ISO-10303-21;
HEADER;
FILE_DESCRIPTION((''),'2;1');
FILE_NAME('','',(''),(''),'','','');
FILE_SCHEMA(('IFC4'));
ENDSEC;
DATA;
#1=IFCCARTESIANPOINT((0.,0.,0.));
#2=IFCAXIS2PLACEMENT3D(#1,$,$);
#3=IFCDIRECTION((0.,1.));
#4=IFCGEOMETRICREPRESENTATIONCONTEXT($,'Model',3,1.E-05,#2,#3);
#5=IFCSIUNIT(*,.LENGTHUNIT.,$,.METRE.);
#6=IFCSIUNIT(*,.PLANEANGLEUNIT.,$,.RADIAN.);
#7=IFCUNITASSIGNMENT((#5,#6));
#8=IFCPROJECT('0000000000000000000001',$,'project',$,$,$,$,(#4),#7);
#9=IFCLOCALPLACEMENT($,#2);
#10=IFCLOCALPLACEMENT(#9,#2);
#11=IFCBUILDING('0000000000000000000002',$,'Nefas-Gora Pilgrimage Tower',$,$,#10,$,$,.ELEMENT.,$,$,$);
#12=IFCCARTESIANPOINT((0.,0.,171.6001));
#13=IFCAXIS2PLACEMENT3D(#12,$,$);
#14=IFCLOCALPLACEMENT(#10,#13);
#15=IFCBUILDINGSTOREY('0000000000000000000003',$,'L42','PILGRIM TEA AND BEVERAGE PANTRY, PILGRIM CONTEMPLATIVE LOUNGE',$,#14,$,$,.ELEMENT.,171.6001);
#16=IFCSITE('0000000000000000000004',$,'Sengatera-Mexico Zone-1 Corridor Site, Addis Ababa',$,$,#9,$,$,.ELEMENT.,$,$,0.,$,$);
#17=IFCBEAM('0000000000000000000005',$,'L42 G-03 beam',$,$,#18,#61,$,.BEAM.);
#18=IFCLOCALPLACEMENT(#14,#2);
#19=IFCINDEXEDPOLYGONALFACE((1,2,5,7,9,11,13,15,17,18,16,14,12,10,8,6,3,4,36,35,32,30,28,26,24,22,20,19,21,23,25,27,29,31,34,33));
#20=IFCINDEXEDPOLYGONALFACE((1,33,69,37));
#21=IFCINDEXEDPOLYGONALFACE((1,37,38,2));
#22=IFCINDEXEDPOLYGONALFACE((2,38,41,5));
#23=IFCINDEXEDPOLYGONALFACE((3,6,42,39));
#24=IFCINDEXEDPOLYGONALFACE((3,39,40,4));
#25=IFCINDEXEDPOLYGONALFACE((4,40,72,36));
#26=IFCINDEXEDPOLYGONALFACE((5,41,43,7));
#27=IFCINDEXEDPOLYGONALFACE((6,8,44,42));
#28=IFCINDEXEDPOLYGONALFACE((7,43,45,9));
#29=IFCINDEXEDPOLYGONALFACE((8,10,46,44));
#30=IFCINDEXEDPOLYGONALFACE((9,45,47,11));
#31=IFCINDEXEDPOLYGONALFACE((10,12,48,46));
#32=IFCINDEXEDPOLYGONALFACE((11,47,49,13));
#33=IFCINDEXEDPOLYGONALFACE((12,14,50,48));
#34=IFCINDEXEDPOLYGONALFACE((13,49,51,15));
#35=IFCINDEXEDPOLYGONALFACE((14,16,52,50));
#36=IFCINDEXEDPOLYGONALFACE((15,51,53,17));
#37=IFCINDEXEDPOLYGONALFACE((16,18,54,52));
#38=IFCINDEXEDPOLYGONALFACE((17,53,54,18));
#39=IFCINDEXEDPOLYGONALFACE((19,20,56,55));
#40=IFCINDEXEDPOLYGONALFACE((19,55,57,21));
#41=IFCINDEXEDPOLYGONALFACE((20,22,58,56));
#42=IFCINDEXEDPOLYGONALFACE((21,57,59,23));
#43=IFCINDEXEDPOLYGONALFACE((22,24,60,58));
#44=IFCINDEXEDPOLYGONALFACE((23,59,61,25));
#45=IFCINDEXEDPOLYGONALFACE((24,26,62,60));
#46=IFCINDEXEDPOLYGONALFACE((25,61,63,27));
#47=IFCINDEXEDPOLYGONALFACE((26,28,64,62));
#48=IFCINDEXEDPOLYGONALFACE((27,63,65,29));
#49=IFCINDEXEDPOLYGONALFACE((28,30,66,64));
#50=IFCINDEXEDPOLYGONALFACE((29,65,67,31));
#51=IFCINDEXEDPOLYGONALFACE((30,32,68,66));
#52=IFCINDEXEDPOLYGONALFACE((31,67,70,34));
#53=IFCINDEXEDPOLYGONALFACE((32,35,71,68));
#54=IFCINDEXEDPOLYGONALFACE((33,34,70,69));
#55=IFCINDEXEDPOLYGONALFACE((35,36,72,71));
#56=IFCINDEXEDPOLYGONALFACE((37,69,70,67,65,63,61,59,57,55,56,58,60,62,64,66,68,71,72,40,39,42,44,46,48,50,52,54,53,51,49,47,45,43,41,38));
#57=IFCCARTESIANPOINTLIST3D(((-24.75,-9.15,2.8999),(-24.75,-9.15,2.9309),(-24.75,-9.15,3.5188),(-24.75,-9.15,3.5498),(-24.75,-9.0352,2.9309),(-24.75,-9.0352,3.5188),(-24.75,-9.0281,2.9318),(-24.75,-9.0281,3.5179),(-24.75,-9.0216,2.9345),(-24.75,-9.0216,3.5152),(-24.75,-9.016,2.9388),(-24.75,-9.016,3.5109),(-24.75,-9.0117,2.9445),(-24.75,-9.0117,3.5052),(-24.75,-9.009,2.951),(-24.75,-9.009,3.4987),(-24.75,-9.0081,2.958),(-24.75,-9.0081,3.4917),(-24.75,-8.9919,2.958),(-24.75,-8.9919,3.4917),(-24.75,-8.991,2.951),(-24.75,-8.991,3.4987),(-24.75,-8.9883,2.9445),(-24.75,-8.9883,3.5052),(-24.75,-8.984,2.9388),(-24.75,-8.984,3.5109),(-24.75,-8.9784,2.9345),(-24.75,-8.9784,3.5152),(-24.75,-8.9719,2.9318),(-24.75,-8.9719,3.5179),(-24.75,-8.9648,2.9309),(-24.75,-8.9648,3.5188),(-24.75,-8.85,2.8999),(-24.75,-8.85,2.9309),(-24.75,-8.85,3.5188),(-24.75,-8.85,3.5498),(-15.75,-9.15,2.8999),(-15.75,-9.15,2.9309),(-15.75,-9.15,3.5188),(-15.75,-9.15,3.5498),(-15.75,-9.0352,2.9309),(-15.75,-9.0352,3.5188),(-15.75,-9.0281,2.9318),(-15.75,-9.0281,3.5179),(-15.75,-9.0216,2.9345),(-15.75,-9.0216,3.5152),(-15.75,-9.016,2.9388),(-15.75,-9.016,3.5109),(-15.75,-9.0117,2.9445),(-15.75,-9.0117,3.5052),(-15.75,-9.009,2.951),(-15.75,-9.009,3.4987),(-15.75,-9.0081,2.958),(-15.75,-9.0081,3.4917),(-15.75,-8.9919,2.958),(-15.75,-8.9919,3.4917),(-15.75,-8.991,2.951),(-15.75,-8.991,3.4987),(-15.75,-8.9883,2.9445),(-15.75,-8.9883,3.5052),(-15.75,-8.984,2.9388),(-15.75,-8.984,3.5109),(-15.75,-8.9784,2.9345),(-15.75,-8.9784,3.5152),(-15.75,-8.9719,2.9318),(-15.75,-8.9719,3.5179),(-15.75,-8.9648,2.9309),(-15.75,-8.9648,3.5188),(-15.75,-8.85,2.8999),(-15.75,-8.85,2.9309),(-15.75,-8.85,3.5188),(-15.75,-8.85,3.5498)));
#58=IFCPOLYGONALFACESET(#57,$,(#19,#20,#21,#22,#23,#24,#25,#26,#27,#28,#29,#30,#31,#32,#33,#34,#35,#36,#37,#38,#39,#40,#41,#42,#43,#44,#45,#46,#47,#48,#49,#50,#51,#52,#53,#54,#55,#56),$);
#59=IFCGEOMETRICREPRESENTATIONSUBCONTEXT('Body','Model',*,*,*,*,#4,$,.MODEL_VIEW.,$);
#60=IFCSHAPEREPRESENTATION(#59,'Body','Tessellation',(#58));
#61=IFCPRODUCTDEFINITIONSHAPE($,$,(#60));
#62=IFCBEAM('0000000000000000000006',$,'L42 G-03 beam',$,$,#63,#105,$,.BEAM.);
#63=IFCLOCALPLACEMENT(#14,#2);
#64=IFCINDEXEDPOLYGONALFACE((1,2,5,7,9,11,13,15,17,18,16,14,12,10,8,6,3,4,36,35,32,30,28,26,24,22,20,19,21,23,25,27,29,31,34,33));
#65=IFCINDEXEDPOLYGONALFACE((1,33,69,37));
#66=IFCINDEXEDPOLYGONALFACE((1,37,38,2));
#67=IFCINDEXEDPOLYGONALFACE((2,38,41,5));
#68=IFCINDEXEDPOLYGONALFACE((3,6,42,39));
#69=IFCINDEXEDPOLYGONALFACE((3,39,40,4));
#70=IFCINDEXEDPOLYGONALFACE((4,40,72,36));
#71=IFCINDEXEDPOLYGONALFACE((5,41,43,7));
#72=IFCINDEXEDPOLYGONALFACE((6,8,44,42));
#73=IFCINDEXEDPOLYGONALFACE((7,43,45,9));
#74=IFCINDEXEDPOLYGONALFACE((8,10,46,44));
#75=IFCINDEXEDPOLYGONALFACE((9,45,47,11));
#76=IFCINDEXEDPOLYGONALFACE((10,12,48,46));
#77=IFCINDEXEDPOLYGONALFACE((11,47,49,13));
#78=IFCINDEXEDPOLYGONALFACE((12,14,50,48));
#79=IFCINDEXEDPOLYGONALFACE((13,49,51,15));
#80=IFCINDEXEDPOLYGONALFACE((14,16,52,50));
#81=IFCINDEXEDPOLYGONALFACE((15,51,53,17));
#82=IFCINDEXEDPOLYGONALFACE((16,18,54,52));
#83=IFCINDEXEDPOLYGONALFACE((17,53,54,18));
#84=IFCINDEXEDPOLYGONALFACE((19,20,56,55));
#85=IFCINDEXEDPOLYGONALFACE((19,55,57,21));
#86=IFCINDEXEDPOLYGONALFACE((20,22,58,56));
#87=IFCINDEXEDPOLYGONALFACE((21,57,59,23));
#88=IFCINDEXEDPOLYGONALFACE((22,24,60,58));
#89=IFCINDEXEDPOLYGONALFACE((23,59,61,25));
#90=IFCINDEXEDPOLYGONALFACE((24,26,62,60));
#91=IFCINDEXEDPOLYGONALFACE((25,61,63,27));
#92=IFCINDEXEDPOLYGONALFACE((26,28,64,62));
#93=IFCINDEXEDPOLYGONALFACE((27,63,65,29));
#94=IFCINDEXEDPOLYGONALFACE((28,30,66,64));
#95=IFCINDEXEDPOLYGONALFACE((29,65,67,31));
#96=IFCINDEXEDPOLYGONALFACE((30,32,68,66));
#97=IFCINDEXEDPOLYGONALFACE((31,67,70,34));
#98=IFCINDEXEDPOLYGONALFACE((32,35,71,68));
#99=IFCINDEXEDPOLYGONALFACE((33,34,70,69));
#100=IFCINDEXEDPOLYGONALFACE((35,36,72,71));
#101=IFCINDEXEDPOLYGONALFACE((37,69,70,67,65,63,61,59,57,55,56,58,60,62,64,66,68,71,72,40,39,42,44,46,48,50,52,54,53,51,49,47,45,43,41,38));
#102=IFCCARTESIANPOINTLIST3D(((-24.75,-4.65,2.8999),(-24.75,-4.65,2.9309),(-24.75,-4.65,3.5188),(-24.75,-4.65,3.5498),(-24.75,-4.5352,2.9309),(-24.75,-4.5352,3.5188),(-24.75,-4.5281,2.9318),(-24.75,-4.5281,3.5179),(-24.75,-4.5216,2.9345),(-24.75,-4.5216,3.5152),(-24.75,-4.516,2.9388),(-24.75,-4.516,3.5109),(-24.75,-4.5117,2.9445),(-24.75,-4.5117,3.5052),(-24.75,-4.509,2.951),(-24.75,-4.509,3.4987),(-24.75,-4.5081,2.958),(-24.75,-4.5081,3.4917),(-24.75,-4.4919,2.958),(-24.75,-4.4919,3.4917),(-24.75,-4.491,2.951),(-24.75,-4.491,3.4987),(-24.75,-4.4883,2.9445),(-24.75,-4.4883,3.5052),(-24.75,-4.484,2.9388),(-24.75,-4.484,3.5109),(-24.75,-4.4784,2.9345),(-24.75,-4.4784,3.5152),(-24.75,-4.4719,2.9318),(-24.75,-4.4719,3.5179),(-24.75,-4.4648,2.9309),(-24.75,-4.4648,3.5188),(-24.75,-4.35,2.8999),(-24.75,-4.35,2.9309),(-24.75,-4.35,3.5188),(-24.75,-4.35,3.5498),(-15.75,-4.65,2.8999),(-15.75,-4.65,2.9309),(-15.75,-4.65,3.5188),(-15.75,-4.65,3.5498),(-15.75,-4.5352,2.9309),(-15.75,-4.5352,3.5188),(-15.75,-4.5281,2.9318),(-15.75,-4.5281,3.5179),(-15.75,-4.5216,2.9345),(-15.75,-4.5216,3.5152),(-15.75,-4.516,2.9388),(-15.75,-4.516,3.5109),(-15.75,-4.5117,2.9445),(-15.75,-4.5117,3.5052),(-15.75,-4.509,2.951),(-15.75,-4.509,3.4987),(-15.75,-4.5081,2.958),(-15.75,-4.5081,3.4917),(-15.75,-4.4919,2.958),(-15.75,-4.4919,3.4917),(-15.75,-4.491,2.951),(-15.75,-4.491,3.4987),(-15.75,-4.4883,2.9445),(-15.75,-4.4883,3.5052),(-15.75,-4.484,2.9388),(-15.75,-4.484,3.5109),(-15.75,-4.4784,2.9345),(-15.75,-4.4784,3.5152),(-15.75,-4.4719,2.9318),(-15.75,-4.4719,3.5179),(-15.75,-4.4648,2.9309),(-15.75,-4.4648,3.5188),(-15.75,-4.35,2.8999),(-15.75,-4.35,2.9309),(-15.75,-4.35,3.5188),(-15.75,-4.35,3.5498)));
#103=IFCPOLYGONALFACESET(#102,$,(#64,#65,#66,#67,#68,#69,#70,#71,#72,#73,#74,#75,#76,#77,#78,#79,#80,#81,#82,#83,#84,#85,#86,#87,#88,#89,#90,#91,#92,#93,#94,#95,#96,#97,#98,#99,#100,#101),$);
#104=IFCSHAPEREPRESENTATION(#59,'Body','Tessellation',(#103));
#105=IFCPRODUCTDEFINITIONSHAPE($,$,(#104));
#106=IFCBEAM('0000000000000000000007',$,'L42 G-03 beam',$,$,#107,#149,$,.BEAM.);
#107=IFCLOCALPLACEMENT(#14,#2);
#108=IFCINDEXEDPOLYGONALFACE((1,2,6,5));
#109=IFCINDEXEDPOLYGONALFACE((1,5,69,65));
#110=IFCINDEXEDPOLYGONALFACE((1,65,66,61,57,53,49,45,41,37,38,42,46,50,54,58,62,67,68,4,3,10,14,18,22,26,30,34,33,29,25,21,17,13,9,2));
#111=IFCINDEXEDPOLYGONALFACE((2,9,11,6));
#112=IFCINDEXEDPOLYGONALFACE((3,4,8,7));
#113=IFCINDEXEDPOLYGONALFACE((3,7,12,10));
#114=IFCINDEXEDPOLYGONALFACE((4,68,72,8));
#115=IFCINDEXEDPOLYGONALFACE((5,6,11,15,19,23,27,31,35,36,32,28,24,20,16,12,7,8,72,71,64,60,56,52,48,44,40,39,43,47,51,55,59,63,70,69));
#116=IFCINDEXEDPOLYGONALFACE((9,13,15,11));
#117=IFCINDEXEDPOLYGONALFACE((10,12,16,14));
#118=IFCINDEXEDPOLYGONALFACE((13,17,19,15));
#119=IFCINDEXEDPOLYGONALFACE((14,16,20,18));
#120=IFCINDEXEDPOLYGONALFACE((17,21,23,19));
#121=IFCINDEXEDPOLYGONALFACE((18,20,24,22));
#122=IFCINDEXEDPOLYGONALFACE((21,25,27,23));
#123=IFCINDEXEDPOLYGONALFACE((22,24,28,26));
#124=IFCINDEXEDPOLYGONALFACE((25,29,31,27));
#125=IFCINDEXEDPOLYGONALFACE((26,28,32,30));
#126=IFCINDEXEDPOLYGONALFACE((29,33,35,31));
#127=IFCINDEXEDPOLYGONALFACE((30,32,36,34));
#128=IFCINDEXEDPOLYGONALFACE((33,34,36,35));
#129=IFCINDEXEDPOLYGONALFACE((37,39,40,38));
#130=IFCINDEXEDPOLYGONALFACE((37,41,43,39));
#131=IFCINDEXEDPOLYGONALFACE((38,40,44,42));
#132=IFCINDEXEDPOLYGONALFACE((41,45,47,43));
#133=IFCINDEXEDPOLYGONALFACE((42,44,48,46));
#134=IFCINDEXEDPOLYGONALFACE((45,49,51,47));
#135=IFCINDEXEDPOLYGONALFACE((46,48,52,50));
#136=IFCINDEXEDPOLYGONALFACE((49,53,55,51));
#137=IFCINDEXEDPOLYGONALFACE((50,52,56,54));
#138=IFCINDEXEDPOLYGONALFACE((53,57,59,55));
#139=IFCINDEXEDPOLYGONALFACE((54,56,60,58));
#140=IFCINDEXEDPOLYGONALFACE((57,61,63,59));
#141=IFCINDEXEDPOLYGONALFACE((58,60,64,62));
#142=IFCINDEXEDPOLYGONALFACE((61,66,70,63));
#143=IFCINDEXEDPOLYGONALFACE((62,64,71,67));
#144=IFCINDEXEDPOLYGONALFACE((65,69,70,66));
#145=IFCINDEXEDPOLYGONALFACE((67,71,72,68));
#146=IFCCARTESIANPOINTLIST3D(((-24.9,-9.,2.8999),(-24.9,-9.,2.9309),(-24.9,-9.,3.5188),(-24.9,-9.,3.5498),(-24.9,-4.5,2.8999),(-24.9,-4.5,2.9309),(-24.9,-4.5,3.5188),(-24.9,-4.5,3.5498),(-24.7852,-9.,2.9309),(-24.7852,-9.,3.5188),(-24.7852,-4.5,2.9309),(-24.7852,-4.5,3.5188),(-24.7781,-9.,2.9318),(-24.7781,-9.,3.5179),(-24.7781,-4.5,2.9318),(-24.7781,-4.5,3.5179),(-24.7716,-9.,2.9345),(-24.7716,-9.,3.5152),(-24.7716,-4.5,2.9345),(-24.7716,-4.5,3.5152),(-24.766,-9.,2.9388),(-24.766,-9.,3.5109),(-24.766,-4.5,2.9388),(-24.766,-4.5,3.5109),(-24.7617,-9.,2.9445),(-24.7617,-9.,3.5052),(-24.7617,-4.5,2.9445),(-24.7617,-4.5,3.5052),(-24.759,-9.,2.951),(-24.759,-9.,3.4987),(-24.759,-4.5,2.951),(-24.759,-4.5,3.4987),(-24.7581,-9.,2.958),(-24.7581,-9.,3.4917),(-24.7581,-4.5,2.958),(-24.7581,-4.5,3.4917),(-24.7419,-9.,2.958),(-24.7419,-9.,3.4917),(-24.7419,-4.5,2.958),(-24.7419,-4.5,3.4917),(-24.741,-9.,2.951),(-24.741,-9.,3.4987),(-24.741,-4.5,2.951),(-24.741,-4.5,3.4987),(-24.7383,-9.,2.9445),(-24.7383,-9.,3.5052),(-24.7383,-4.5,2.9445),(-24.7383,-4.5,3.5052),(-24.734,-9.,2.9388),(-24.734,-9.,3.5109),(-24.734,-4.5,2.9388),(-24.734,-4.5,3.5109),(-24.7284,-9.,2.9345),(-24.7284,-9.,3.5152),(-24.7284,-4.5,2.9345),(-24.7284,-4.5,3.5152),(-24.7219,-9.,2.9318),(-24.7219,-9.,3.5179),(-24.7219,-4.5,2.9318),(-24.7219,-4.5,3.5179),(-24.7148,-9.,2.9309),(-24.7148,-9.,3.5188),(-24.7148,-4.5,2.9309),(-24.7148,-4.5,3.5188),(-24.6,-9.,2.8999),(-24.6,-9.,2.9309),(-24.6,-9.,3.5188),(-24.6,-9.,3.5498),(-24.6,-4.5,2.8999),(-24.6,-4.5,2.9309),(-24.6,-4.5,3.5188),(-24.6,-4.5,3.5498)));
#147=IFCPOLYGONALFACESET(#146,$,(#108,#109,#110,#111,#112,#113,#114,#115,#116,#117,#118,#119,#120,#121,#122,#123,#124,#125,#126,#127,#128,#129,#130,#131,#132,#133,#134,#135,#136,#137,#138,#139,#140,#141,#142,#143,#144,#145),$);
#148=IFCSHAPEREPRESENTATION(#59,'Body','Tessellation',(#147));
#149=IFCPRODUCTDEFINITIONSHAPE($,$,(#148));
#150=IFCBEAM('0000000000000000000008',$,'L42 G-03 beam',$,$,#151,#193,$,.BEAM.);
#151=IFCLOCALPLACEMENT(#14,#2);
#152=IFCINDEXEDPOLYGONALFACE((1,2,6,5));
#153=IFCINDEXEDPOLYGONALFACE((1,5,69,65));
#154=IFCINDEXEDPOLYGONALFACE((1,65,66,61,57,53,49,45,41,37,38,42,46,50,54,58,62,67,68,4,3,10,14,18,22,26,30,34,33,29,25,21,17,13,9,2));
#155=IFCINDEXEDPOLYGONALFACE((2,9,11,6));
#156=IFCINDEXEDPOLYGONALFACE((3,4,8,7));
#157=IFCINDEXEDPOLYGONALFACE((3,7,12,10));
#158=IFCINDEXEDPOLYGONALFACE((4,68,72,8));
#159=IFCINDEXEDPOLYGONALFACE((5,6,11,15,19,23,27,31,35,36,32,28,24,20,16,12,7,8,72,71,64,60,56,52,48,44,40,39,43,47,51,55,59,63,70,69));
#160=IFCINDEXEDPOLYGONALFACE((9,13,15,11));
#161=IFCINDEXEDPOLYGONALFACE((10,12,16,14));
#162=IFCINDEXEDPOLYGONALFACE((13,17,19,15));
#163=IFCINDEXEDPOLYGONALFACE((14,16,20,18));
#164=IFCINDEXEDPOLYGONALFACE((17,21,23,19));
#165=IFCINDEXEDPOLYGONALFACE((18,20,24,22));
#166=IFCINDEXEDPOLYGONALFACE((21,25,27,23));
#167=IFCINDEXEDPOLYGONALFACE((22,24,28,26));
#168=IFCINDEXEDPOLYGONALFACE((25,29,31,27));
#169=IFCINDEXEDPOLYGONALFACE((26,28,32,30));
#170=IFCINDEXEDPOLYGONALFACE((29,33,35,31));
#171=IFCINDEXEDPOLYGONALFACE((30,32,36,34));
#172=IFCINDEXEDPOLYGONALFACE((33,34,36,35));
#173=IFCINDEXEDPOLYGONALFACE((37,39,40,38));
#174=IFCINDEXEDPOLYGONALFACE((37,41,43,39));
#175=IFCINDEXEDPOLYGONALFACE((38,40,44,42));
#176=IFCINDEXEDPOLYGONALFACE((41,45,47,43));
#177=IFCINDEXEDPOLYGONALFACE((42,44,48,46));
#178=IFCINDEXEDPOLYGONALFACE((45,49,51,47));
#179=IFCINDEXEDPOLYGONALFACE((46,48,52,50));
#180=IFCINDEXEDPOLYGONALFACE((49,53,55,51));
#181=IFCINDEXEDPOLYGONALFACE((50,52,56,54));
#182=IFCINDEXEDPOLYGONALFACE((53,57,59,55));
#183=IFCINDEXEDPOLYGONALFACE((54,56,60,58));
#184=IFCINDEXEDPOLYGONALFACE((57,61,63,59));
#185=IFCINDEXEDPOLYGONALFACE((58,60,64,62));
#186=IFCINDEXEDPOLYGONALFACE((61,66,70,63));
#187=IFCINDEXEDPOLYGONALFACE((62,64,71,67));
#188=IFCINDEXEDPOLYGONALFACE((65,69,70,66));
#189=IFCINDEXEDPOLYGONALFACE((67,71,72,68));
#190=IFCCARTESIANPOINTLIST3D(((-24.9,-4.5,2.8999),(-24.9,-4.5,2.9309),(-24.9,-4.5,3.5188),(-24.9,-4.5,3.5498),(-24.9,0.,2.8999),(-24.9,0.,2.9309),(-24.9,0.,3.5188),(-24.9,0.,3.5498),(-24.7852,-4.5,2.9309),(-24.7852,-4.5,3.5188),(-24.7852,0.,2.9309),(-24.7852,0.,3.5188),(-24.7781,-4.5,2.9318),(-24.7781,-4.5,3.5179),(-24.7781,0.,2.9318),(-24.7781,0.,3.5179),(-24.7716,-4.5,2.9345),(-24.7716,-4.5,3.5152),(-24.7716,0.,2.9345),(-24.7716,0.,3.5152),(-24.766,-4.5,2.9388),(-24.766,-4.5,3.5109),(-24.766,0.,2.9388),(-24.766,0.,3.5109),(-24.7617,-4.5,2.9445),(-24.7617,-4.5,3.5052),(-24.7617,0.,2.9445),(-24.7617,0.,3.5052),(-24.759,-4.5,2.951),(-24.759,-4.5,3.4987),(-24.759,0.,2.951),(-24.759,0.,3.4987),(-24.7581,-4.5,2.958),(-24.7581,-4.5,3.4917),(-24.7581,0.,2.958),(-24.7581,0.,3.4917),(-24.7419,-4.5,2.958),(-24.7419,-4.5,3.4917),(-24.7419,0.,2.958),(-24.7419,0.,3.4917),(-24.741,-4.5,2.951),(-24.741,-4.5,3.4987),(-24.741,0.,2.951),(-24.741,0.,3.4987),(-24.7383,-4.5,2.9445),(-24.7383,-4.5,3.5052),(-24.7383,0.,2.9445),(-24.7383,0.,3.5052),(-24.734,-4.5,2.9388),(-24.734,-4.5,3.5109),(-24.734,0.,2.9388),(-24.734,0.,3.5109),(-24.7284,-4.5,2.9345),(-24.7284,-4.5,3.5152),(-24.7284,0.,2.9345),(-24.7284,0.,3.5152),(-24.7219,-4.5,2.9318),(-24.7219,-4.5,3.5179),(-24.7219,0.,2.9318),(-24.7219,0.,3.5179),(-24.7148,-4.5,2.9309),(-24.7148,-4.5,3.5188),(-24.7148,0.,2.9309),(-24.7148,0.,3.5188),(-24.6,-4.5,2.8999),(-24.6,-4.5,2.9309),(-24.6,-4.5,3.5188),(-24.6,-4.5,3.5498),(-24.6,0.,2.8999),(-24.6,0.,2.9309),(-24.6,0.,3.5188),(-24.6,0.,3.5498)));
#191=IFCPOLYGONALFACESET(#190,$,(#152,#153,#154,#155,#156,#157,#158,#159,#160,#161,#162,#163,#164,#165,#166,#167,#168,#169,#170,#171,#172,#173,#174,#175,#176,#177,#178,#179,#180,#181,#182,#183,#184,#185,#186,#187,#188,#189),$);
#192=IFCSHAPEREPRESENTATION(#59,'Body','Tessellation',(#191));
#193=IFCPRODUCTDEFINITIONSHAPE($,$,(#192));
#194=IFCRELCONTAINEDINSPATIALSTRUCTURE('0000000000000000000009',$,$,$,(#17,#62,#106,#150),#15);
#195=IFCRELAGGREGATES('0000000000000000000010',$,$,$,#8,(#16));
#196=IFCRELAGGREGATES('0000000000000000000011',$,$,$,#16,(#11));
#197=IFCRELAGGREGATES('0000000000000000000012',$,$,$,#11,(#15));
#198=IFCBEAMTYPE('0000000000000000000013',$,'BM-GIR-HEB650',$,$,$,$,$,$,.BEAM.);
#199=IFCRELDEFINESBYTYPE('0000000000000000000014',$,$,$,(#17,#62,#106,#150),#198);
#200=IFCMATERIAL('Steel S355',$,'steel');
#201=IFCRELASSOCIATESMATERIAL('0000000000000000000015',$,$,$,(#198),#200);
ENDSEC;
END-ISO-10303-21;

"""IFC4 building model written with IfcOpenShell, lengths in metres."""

from ifc_helpers import new_model, si_unit, direction, frame, origin, origin_2d, place, context, subcontext, project, spatial, i_section, extrude, source, transform, mapped, material, material_profile, profile_set, type_object, element, save


model = new_model("IFC4")

# Units and contexts
model_context = context("Model", 3, precision=1e-05, world=origin(), true_north=direction((0.0, 1.0)))
body_context = subcontext(model_context, "Body", "Model", "MODEL_VIEW")
ifc_project = project(units=[si_unit("LENGTHUNIT", "METRE"), si_unit("PLANEANGLEUNIT", "RADIAN")], contexts=[model_context])

# Site, building, storey
site_placement = place(None, origin())
site = spatial("IfcSite", under=ifc_project, at=site_placement, Name="Sengatera-Mexico Zone-1 Corridor Site, Addis Ababa", CompositionType="ELEMENT", RefElevation=0.0)
building_placement = place(site_placement, origin())
building = spatial("IfcBuilding", under=site, at=building_placement, Name="Nefas-Gora Pilgrimage Tower", CompositionType="ELEMENT")
storey_placement = place(building_placement, frame((0.0, 0.0, 171.6001)))
storey = spatial("IfcBuildingStorey", under=building, at=storey_placement, Name="L42", Description="PILGRIM TEA AND BEVERAGE PANTRY, PILGRIM CONTEMPLATIVE LOUNGE", CompositionType="ELEMENT", Elevation=171.6001)

# Beams
ifc_material_1 = material(Name="Steel S355", Category="steel")
ifc_material_profile_1 = material_profile(ifc_material_1, i_section(OverallWidth=0.3, OverallDepth=0.6499, WebThickness=0.0161, FlangeThickness=0.031, FilletRadius=0.0271, at=origin_2d()), Name="HEB 650")
ifc_profile_set_1 = profile_set([ifc_material_profile_1], Name="Steel S355")
beam_type = type_object("IfcBeamType", Name="BM-GIR-HEB650", PredefinedType="BEAM", material=ifc_profile_set_1)
shared_shape_1 = source(origin(), body_context, "Body", "SweptSolid", [
    extrude(i_section(OverallWidth=0.3, OverallDepth=0.6499, WebThickness=0.0161, FlangeThickness=0.031, FilletRadius=0.0271, at=origin_2d()), origin(), (0.0, 0.0, 1.0), 9.0),
])
for number, where, z_axis, x_axis, name in (
    (1, (-24.75, -9.0, 3.2249), (1.0, 0.0, 0.0), (0.0, 1.0, 0.0), "L42 G-03 beam"),
    (2, (-24.75, -4.5, 3.2249), (1.0, 0.0, 0.0), (0.0, 1.0, 0.0), "L42 G-03 beam"),
):
    element("IfcBeam", number, at=place(storey_placement, frame(where, z_axis=z_axis, x_axis=x_axis)), inside=storey, type_object=beam_type, Name=name, PredefinedType="BEAM", context=body_context, shape_type="MappedRepresentation", body=[
        mapped(shared_shape_1, transform((0.0, 0.0, 0.0), x_axis=(1.0, 0.0, 0.0), y_axis=(0.0, 1.0, 0.0), z_axis=(0.0, 0.0, 1.0), scale=1.0)),
    ])
shared_shape_2 = source(origin(), body_context, "Body", "SweptSolid", [
    extrude(i_section(OverallWidth=0.3, OverallDepth=0.6499, WebThickness=0.0161, FlangeThickness=0.031, FilletRadius=0.0271, at=origin_2d()), origin(), (0.0, 0.0, 1.0), 4.5),
])
for number, where, z_axis, x_axis, name in (
    (3, (-24.75, -9.0, 3.2249), (0.0, 1.0, 0.0), (-1.0, 0.0, 0.0), "L42 G-03 beam"),
    (4, (-24.75, -4.5, 3.2249), (0.0, 1.0, 0.0), (-1.0, 0.0, 0.0), "L42 G-03 beam"),
):
    element("IfcBeam", number, at=place(storey_placement, frame(where, z_axis=z_axis, x_axis=x_axis)), inside=storey, type_object=beam_type, Name=name, PredefinedType="BEAM", context=body_context, shape_type="MappedRepresentation", body=[
        mapped(shared_shape_2, transform((0.0, 0.0, 0.0), x_axis=(1.0, 0.0, 0.0), y_axis=(0.0, 1.0, 0.0), z_axis=(0.0, 0.0, 1.0), scale=1.0)),
    ])

save(model, "model.ifc")
